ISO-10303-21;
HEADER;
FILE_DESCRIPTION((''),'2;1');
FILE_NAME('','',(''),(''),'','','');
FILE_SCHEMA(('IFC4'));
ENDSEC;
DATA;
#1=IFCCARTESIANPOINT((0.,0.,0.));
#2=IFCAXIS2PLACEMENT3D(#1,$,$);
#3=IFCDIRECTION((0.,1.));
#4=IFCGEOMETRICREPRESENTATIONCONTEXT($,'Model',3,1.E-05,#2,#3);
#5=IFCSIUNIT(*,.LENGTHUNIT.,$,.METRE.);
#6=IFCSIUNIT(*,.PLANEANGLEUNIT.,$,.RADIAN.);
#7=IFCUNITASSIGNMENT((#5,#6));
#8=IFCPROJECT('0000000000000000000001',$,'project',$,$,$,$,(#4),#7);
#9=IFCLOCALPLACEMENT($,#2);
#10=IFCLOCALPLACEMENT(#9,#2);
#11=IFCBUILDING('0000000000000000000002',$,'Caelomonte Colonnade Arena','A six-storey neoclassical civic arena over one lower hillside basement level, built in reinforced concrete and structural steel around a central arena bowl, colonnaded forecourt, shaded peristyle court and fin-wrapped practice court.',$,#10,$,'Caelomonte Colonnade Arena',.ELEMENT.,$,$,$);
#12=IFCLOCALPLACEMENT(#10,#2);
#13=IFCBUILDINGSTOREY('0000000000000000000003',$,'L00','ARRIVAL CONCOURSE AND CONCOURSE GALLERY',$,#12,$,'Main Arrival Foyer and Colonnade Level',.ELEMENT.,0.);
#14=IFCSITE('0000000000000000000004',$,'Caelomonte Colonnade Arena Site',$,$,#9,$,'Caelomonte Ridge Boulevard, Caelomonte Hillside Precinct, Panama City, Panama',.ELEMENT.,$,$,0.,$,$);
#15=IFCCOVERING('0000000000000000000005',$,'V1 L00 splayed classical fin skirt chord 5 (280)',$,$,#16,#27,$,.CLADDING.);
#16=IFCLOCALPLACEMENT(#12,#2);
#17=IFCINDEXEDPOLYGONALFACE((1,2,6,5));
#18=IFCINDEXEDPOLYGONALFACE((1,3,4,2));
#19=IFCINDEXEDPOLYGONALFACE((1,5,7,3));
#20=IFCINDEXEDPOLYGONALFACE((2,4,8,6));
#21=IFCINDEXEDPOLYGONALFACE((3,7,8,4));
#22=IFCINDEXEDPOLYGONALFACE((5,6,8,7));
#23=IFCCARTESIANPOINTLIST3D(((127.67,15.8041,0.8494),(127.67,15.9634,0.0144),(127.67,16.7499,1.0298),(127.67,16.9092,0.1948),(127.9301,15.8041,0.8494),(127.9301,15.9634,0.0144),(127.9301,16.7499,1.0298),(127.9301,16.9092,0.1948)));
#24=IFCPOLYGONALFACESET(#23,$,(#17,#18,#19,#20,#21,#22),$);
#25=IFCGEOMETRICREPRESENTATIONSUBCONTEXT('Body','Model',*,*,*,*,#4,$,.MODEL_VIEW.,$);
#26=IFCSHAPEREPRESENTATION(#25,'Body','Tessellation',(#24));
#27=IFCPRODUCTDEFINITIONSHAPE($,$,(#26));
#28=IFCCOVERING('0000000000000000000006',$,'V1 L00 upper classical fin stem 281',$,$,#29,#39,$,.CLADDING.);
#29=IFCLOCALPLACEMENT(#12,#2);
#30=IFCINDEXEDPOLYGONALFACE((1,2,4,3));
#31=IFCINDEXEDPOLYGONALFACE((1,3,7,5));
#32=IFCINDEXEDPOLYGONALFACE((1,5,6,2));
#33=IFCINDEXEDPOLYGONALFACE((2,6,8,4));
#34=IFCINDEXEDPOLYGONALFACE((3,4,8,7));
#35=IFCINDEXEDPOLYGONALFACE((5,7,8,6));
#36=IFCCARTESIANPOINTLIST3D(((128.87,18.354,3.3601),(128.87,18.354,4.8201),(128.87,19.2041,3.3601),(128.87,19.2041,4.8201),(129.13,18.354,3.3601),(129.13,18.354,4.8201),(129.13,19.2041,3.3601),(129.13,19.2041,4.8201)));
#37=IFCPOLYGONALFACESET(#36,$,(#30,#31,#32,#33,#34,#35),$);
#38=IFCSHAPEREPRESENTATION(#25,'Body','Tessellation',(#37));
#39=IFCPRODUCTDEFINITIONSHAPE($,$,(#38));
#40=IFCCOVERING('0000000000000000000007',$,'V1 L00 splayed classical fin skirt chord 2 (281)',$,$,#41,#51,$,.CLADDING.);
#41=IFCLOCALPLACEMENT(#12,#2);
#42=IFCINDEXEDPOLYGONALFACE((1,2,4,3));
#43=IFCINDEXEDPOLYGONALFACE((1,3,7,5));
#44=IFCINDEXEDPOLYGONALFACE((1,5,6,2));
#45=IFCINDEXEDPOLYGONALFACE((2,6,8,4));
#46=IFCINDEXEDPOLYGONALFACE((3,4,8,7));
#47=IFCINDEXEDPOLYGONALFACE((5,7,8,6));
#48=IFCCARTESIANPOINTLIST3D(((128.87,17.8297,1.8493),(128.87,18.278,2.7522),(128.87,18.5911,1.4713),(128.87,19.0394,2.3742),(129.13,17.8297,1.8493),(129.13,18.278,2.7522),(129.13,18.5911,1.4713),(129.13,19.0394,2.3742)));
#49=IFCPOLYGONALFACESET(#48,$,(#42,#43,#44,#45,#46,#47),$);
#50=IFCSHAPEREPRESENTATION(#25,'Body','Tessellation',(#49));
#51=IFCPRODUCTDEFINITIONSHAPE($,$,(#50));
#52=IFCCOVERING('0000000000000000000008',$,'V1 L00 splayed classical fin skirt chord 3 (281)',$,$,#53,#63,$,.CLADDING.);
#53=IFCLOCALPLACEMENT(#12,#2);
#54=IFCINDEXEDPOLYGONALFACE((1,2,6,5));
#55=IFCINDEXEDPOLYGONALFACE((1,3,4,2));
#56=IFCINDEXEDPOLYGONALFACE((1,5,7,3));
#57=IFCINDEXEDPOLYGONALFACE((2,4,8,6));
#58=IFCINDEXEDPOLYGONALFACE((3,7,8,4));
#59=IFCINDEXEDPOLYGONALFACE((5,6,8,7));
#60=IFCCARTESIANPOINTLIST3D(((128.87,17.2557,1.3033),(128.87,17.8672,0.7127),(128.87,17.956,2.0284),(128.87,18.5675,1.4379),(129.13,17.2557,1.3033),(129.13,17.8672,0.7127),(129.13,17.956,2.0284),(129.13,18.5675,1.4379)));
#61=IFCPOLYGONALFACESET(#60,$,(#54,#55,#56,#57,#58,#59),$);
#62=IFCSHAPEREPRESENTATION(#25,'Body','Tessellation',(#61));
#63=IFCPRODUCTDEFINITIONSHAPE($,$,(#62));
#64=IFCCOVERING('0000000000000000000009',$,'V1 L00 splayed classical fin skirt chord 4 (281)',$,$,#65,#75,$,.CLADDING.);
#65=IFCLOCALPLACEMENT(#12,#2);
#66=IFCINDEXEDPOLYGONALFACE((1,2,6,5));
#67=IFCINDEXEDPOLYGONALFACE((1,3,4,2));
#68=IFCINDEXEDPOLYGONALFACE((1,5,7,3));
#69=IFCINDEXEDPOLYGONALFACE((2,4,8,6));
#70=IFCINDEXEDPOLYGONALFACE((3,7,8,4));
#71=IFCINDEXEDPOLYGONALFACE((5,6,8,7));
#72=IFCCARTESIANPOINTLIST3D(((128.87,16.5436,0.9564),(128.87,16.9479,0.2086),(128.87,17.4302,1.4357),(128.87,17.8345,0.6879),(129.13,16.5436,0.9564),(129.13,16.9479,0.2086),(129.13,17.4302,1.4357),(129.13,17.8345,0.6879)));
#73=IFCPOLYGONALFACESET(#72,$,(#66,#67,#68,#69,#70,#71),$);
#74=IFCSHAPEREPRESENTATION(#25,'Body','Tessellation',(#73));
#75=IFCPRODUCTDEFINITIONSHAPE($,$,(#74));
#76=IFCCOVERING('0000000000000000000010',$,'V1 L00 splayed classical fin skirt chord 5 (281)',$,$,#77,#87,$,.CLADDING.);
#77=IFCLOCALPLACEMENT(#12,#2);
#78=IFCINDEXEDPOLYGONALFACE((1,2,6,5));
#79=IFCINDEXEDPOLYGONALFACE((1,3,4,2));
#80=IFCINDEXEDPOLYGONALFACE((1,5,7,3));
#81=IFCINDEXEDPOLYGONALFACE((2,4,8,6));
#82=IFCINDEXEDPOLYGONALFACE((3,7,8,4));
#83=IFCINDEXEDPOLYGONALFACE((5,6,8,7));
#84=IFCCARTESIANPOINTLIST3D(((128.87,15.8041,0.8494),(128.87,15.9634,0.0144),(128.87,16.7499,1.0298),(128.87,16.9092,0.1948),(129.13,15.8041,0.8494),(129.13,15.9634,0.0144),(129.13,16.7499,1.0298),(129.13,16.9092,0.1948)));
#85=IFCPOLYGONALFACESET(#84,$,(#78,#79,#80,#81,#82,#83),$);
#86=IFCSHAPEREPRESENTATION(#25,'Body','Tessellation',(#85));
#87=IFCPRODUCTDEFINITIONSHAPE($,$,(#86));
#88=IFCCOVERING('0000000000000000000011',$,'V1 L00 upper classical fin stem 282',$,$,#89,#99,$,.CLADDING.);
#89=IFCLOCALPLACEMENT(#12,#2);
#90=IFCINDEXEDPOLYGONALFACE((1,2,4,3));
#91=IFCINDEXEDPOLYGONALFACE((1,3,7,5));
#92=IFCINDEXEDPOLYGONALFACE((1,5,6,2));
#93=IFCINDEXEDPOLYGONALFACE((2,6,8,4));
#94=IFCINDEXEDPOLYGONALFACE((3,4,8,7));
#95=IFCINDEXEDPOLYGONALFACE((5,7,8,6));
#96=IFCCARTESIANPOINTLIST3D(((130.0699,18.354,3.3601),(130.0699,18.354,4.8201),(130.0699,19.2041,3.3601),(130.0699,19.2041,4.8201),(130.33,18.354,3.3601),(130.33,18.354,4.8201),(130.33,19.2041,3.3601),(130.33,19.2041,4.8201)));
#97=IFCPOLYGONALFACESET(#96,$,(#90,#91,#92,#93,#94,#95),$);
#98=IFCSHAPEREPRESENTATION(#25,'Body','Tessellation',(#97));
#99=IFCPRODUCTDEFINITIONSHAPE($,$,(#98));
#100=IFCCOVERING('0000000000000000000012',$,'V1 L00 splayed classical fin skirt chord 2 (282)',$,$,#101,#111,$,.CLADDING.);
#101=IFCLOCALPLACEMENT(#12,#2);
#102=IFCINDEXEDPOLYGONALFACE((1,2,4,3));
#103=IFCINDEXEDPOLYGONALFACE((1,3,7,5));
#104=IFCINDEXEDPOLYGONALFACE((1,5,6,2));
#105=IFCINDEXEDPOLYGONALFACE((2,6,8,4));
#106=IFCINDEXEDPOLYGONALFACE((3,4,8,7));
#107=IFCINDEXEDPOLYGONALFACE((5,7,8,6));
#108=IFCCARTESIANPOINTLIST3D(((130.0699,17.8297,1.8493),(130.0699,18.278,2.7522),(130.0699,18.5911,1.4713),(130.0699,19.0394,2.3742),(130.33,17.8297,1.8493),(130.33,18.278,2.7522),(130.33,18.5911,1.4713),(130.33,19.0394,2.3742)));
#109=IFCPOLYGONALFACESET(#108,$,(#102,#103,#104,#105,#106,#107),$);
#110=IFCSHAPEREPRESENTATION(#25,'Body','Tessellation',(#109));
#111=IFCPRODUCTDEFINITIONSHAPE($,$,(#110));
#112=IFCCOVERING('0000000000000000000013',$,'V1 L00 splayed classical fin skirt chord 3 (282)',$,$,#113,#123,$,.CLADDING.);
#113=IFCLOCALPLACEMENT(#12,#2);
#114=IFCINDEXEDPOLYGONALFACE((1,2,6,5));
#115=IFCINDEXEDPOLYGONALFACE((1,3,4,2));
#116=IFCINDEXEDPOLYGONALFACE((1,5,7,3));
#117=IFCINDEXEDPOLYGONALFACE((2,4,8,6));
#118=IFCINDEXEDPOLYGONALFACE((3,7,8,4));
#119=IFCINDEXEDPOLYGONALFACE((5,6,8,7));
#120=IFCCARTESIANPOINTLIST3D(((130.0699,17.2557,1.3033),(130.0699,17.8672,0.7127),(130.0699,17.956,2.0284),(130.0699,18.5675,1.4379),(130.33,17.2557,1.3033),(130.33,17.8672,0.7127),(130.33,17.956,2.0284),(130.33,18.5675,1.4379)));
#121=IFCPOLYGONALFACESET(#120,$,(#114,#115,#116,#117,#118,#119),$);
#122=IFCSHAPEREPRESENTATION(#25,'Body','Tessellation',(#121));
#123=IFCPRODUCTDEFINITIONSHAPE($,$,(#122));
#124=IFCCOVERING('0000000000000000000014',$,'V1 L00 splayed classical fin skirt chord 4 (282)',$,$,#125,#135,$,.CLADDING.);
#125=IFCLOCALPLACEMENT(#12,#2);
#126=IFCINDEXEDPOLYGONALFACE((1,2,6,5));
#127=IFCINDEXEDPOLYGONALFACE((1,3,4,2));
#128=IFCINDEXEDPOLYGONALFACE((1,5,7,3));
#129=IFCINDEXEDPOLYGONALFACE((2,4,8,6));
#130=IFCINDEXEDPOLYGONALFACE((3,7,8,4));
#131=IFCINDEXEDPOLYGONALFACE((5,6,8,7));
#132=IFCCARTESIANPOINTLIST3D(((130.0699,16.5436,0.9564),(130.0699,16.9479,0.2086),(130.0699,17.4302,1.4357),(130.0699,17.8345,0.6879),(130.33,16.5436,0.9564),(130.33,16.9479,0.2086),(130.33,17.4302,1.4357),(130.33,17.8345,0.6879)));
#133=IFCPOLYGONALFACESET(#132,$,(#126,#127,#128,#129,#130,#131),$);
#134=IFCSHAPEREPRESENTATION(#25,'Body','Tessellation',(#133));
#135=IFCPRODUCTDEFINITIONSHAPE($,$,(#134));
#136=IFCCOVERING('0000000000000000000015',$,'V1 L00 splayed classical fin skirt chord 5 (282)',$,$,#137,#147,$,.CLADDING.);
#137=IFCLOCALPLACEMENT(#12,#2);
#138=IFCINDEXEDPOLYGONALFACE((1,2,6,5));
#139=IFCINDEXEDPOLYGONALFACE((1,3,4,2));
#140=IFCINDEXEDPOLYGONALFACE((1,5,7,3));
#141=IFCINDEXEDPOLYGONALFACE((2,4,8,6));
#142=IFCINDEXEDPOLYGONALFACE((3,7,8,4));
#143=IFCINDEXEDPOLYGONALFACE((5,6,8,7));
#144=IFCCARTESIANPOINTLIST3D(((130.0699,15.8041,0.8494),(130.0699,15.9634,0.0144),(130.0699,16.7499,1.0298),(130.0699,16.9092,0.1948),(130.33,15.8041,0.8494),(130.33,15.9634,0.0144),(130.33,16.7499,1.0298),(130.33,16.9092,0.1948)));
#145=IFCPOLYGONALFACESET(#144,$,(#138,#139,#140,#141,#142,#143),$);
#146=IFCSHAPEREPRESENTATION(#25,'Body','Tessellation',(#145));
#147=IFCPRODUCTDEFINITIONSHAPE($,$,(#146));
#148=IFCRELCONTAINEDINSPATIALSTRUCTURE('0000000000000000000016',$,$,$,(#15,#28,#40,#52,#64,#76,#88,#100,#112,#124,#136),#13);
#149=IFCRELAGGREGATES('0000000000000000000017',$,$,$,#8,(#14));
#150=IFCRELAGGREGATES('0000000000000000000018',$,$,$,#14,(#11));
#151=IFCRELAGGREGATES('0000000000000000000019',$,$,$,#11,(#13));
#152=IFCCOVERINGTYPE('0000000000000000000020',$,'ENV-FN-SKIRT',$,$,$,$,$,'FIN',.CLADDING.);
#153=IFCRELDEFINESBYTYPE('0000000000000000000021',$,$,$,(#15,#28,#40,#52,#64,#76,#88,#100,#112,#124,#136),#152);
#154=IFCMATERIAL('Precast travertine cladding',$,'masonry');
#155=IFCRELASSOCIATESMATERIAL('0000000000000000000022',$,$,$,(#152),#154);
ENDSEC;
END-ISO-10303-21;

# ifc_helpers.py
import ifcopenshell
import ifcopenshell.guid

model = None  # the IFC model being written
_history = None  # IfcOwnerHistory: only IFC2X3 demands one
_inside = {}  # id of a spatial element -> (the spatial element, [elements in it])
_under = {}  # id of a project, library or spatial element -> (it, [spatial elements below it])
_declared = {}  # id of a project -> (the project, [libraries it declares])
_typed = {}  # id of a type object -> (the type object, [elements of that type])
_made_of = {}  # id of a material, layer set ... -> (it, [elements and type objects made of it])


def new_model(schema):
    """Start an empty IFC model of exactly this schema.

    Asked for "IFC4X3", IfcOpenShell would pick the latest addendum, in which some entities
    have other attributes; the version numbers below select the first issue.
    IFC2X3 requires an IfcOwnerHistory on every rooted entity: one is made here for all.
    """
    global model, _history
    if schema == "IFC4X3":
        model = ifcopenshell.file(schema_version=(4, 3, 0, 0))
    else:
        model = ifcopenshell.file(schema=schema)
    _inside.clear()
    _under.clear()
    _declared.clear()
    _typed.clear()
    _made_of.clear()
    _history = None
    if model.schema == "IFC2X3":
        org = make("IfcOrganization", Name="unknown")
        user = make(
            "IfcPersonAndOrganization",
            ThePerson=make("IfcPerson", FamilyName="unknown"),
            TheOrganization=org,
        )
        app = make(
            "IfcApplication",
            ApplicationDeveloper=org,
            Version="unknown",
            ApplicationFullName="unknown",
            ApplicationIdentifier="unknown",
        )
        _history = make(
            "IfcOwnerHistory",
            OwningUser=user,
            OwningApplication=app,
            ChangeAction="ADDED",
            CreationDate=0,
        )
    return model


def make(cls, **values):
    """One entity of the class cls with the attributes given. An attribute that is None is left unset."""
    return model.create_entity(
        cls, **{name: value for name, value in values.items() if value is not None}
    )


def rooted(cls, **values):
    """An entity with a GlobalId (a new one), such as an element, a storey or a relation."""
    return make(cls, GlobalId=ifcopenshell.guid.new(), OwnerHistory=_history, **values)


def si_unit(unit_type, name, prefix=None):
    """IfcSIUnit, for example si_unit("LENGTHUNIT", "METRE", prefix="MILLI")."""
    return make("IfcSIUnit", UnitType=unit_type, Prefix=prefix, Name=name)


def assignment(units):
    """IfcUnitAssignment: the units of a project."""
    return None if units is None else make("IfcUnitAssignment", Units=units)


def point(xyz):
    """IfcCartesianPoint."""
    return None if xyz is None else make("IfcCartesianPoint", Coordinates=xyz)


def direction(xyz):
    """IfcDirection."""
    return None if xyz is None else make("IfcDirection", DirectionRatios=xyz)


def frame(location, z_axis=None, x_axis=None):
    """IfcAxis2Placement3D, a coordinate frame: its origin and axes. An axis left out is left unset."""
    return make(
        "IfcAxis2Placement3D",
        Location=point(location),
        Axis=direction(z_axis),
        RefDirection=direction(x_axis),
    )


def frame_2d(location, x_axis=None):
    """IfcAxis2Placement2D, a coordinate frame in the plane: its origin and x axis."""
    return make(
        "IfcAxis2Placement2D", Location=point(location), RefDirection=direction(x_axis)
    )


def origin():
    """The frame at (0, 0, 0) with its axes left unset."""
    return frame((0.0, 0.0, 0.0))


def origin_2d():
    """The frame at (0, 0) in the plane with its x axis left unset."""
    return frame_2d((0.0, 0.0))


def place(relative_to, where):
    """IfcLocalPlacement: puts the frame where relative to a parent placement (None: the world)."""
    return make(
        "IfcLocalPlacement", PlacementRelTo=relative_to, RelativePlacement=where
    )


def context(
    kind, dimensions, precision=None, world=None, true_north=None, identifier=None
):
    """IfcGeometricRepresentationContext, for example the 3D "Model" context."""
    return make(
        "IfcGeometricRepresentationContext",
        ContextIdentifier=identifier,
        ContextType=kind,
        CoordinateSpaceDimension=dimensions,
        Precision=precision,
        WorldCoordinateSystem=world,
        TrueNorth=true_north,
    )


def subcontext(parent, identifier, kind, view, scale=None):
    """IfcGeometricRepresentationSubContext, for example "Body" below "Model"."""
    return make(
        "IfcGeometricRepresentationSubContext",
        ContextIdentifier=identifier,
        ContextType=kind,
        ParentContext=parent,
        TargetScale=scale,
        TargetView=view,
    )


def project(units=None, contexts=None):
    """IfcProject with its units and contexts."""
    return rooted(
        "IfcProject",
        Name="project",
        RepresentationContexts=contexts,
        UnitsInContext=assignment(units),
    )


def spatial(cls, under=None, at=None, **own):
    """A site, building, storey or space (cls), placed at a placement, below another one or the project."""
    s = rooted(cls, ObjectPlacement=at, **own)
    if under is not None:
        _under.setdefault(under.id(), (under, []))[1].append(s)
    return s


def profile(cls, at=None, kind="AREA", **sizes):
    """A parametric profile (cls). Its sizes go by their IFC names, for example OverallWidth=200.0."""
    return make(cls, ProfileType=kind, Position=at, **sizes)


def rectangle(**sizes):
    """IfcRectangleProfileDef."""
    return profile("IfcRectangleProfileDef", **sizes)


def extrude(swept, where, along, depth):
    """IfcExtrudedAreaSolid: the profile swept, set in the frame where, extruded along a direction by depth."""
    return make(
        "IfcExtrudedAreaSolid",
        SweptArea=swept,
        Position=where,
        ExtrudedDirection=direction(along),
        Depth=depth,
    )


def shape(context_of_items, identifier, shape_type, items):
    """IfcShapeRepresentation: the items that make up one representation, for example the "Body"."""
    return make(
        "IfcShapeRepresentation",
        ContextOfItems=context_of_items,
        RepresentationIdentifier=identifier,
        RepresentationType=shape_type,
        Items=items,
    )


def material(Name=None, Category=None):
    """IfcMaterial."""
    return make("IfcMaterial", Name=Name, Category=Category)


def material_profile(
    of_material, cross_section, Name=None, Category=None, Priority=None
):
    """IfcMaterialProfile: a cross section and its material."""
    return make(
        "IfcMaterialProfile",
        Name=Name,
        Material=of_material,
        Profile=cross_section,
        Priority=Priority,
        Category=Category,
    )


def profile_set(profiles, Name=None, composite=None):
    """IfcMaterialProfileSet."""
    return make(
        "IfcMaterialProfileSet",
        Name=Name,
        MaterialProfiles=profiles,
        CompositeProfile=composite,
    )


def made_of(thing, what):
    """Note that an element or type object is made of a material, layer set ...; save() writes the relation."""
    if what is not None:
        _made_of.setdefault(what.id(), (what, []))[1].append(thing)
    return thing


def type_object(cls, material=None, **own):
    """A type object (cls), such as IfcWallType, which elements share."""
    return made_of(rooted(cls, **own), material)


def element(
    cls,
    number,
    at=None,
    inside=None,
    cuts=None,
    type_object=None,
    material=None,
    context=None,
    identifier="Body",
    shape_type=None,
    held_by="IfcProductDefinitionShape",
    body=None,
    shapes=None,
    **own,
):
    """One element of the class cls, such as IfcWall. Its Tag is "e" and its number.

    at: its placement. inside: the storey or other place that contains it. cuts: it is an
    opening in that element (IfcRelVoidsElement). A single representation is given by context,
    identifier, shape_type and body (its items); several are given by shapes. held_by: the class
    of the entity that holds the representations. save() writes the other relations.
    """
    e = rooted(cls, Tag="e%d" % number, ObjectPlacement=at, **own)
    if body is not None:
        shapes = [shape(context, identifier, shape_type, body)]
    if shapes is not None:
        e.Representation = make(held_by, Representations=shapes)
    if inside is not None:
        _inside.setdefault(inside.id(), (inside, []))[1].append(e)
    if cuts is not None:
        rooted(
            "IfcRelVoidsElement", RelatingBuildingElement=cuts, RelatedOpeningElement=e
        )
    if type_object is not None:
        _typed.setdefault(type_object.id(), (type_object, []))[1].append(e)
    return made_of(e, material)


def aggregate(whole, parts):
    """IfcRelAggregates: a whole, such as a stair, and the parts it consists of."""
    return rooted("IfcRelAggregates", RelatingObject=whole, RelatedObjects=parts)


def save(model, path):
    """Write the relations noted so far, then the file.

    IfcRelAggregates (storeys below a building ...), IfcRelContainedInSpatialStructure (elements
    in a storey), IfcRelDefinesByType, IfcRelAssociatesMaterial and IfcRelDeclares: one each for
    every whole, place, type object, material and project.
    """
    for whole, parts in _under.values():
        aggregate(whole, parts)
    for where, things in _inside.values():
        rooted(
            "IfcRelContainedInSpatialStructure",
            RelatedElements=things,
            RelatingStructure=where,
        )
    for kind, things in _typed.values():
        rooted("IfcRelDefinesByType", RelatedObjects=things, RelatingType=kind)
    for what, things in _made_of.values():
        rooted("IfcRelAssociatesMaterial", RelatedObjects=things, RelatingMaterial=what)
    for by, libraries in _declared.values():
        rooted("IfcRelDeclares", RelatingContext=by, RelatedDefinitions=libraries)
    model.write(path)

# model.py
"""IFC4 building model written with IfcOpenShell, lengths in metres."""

from ifc_helpers import new_model, si_unit, direction, frame, origin, origin_2d, place, context, subcontext, project, spatial, rectangle, extrude, material, material_profile, profile_set, type_object, element, save


model = new_model("IFC4")

# Units and contexts
model_context = context("Model", 3, precision=1e-05, world=origin(), true_north=direction((0.0, 1.0)))
body_context = subcontext(model_context, "Body", "Model", "MODEL_VIEW")
ifc_project = project(units=[si_unit("LENGTHUNIT", "METRE"), si_unit("PLANEANGLEUNIT", "RADIAN")], contexts=[model_context])

# Site, building, storey
site_placement = place(None, origin())
site = spatial("IfcSite", under=ifc_project, at=site_placement, Name="Caelomonte Colonnade Arena Site", LongName="Caelomonte Ridge Boulevard, Caelomonte Hillside Precinct, Panama City, Panama", CompositionType="ELEMENT", RefElevation=0.0)
building_placement = place(site_placement, origin())
building = spatial("IfcBuilding", under=site, at=building_placement, Name="Caelomonte Colonnade Arena", Description="A six-storey neoclassical civic arena over one lower hillside basement level, built in reinforced concrete and structural steel around a central arena bowl, colonnaded forecourt, shaded peristyle court and fin-wrapped practice court.", LongName="Caelomonte Colonnade Arena", CompositionType="ELEMENT")
storey_placement = place(building_placement, origin())
storey = spatial("IfcBuildingStorey", under=building, at=storey_placement, Name="L00", Description="ARRIVAL CONCOURSE AND CONCOURSE GALLERY", LongName="Main Arrival Foyer and Colonnade Level", CompositionType="ELEMENT", Elevation=0.0)

# Coverings
ifc_material = material(Name="Precast travertine cladding", Category="masonry")
ifc_material_profile = material_profile(ifc_material, rectangle(XDim=0.26, YDim=0.8501, at=origin_2d()), Name="FIN260X850")
ifc_profile_set = profile_set([ifc_material_profile], Name="Precast travertine cladding")
covering_type = type_object("IfcCoveringType", Name="ENV-FN-SKIRT", ElementType="FIN", PredefinedType="CLADDING", material=ifc_profile_set)
covering_1_placement = place(storey_placement, frame((127.8, 16.8296, 0.6123), z_axis=(0.0, -0.982287, -0.18738), x_axis=(-1.0, 0.0, 0.0)))
element("IfcCovering", 1, at=covering_1_placement, inside=storey, type_object=covering_type, Name="V1 L00 splayed classical fin skirt chord 5 (280)", PredefinedType="CLADDING", context=body_context, shape_type="SweptSolid", body=[
    extrude(rectangle(XDim=0.26, YDim=0.8501, at=origin_2d()), origin(), (0.0, 0.0, 1.0), 0.9629),
])
covering_2_placement = place(storey_placement, frame((129.0, 18.7791, 3.3601), z_axis=(0.0, 0.0, 1.0), x_axis=(-1.0, 0.0, 0.0)))
element("IfcCovering", 2, at=covering_2_placement, inside=storey, type_object=covering_type, Name="V1 L00 upper classical fin stem 281", PredefinedType="CLADDING", context=body_context, shape_type="SweptSolid", body=[
    extrude(rectangle(XDim=0.26, YDim=0.8501, at=origin_2d()), origin(), (0.0, 0.0, 1.0), 1.46),
])
for number, where, z_axis, x_axis, name in (
    (3, (129.0, 18.6587, 2.5632), (0.0, -0.444693, -0.895683), (-1.0, 0.0, 0.0), "V1 L00 splayed classical fin skirt chord 2 (281)"),
    (4, (129.0, 18.2617, 1.7332), (0.0, -0.694646, -0.719351), (-1.0, 0.0, 0.0), "V1 L00 splayed classical fin skirt chord 3 (281)"),
):
    element("IfcCovering", number, at=place(storey_placement, frame(where, z_axis=z_axis, x_axis=x_axis)), inside=storey, type_object=covering_type, Name=name, PredefinedType="CLADDING", context=body_context, shape_type="SweptSolid", body=[
        extrude(rectangle(XDim=0.26, YDim=0.8501, at=origin_2d()), origin(), (0.0, 0.0, 1.0), 1.0081),
    ])
covering_3_placement = place(storey_placement, frame((129.0, 17.6323, 1.0618), z_axis=(0.0, -0.879676, -0.475573), x_axis=(-1.0, 0.0, 0.0)))
element("IfcCovering", 5, at=covering_3_placement, inside=storey, type_object=covering_type, Name="V1 L00 splayed classical fin skirt chord 4 (281)", PredefinedType="CLADDING", context=body_context, shape_type="SweptSolid", body=[
    extrude(rectangle(XDim=0.26, YDim=0.8501, at=origin_2d()), origin(), (0.0, 0.0, 1.0), 1.0078),
])
covering_4_placement = place(storey_placement, frame((129.0, 16.8296, 0.6123), z_axis=(0.0, -0.982287, -0.18738), x_axis=(-1.0, 0.0, 0.0)))
element("IfcCovering", 6, at=covering_4_placement, inside=storey, type_object=covering_type, Name="V1 L00 splayed classical fin skirt chord 5 (281)", PredefinedType="CLADDING", context=body_context, shape_type="SweptSolid", body=[
    extrude(rectangle(XDim=0.26, YDim=0.8501, at=origin_2d()), origin(), (0.0, 0.0, 1.0), 0.9629),
])
covering_5_placement = place(storey_placement, frame((130.2, 18.7791, 3.3601), z_axis=(0.0, 0.0, 1.0), x_axis=(-1.0, 0.0, 0.0)))
element("IfcCovering", 7, at=covering_5_placement, inside=storey, type_object=covering_type, Name="V1 L00 upper classical fin stem 282", PredefinedType="CLADDING", context=body_context, shape_type="SweptSolid", body=[
    extrude(rectangle(XDim=0.26, YDim=0.8501, at=origin_2d()), origin(), (0.0, 0.0, 1.0), 1.46),
])
for number, where, z_axis, x_axis, name in (
    (8, (130.2, 18.6587, 2.5632), (0.0, -0.444693, -0.895683), (-1.0, 0.0, 0.0), "V1 L00 splayed classical fin skirt chord 2 (282)"),
    (9, (130.2, 18.2617, 1.7332), (0.0, -0.694646, -0.719351), (-1.0, 0.0, 0.0), "V1 L00 splayed classical fin skirt chord 3 (282)"),
):
    element("IfcCovering", number, at=place(storey_placement, frame(where, z_axis=z_axis, x_axis=x_axis)), inside=storey, type_object=covering_type, Name=name, PredefinedType="CLADDING", context=body_context, shape_type="SweptSolid", body=[
        extrude(rectangle(XDim=0.26, YDim=0.8501, at=origin_2d()), origin(), (0.0, 0.0, 1.0), 1.0081),
    ])
covering_6_placement = place(storey_placement, frame((130.2, 17.6323, 1.0618), z_axis=(0.0, -0.879676, -0.475573), x_axis=(-1.0, 0.0, 0.0)))
element("IfcCovering", 10, at=covering_6_placement, inside=storey, type_object=covering_type, Name="V1 L00 splayed classical fin skirt chord 4 (282)", PredefinedType="CLADDING", context=body_context, shape_type="SweptSolid", body=[
    extrude(rectangle(XDim=0.26, YDim=0.8501, at=origin_2d()), origin(), (0.0, 0.0, 1.0), 1.0078),
])
covering_7_placement = place(storey_placement, frame((130.2, 16.8296, 0.6123), z_axis=(0.0, -0.982287, -0.18738), x_axis=(-1.0, 0.0, 0.0)))
element("IfcCovering", 11, at=covering_7_placement, inside=storey, type_object=covering_type, Name="V1 L00 splayed classical fin skirt chord 5 (282)", PredefinedType="CLADDING", context=body_context, shape_type="SweptSolid", body=[
    extrude(rectangle(XDim=0.26, YDim=0.8501, at=origin_2d()), origin(), (0.0, 0.0, 1.0), 0.9629),
])

save(model, "model.ifc")
